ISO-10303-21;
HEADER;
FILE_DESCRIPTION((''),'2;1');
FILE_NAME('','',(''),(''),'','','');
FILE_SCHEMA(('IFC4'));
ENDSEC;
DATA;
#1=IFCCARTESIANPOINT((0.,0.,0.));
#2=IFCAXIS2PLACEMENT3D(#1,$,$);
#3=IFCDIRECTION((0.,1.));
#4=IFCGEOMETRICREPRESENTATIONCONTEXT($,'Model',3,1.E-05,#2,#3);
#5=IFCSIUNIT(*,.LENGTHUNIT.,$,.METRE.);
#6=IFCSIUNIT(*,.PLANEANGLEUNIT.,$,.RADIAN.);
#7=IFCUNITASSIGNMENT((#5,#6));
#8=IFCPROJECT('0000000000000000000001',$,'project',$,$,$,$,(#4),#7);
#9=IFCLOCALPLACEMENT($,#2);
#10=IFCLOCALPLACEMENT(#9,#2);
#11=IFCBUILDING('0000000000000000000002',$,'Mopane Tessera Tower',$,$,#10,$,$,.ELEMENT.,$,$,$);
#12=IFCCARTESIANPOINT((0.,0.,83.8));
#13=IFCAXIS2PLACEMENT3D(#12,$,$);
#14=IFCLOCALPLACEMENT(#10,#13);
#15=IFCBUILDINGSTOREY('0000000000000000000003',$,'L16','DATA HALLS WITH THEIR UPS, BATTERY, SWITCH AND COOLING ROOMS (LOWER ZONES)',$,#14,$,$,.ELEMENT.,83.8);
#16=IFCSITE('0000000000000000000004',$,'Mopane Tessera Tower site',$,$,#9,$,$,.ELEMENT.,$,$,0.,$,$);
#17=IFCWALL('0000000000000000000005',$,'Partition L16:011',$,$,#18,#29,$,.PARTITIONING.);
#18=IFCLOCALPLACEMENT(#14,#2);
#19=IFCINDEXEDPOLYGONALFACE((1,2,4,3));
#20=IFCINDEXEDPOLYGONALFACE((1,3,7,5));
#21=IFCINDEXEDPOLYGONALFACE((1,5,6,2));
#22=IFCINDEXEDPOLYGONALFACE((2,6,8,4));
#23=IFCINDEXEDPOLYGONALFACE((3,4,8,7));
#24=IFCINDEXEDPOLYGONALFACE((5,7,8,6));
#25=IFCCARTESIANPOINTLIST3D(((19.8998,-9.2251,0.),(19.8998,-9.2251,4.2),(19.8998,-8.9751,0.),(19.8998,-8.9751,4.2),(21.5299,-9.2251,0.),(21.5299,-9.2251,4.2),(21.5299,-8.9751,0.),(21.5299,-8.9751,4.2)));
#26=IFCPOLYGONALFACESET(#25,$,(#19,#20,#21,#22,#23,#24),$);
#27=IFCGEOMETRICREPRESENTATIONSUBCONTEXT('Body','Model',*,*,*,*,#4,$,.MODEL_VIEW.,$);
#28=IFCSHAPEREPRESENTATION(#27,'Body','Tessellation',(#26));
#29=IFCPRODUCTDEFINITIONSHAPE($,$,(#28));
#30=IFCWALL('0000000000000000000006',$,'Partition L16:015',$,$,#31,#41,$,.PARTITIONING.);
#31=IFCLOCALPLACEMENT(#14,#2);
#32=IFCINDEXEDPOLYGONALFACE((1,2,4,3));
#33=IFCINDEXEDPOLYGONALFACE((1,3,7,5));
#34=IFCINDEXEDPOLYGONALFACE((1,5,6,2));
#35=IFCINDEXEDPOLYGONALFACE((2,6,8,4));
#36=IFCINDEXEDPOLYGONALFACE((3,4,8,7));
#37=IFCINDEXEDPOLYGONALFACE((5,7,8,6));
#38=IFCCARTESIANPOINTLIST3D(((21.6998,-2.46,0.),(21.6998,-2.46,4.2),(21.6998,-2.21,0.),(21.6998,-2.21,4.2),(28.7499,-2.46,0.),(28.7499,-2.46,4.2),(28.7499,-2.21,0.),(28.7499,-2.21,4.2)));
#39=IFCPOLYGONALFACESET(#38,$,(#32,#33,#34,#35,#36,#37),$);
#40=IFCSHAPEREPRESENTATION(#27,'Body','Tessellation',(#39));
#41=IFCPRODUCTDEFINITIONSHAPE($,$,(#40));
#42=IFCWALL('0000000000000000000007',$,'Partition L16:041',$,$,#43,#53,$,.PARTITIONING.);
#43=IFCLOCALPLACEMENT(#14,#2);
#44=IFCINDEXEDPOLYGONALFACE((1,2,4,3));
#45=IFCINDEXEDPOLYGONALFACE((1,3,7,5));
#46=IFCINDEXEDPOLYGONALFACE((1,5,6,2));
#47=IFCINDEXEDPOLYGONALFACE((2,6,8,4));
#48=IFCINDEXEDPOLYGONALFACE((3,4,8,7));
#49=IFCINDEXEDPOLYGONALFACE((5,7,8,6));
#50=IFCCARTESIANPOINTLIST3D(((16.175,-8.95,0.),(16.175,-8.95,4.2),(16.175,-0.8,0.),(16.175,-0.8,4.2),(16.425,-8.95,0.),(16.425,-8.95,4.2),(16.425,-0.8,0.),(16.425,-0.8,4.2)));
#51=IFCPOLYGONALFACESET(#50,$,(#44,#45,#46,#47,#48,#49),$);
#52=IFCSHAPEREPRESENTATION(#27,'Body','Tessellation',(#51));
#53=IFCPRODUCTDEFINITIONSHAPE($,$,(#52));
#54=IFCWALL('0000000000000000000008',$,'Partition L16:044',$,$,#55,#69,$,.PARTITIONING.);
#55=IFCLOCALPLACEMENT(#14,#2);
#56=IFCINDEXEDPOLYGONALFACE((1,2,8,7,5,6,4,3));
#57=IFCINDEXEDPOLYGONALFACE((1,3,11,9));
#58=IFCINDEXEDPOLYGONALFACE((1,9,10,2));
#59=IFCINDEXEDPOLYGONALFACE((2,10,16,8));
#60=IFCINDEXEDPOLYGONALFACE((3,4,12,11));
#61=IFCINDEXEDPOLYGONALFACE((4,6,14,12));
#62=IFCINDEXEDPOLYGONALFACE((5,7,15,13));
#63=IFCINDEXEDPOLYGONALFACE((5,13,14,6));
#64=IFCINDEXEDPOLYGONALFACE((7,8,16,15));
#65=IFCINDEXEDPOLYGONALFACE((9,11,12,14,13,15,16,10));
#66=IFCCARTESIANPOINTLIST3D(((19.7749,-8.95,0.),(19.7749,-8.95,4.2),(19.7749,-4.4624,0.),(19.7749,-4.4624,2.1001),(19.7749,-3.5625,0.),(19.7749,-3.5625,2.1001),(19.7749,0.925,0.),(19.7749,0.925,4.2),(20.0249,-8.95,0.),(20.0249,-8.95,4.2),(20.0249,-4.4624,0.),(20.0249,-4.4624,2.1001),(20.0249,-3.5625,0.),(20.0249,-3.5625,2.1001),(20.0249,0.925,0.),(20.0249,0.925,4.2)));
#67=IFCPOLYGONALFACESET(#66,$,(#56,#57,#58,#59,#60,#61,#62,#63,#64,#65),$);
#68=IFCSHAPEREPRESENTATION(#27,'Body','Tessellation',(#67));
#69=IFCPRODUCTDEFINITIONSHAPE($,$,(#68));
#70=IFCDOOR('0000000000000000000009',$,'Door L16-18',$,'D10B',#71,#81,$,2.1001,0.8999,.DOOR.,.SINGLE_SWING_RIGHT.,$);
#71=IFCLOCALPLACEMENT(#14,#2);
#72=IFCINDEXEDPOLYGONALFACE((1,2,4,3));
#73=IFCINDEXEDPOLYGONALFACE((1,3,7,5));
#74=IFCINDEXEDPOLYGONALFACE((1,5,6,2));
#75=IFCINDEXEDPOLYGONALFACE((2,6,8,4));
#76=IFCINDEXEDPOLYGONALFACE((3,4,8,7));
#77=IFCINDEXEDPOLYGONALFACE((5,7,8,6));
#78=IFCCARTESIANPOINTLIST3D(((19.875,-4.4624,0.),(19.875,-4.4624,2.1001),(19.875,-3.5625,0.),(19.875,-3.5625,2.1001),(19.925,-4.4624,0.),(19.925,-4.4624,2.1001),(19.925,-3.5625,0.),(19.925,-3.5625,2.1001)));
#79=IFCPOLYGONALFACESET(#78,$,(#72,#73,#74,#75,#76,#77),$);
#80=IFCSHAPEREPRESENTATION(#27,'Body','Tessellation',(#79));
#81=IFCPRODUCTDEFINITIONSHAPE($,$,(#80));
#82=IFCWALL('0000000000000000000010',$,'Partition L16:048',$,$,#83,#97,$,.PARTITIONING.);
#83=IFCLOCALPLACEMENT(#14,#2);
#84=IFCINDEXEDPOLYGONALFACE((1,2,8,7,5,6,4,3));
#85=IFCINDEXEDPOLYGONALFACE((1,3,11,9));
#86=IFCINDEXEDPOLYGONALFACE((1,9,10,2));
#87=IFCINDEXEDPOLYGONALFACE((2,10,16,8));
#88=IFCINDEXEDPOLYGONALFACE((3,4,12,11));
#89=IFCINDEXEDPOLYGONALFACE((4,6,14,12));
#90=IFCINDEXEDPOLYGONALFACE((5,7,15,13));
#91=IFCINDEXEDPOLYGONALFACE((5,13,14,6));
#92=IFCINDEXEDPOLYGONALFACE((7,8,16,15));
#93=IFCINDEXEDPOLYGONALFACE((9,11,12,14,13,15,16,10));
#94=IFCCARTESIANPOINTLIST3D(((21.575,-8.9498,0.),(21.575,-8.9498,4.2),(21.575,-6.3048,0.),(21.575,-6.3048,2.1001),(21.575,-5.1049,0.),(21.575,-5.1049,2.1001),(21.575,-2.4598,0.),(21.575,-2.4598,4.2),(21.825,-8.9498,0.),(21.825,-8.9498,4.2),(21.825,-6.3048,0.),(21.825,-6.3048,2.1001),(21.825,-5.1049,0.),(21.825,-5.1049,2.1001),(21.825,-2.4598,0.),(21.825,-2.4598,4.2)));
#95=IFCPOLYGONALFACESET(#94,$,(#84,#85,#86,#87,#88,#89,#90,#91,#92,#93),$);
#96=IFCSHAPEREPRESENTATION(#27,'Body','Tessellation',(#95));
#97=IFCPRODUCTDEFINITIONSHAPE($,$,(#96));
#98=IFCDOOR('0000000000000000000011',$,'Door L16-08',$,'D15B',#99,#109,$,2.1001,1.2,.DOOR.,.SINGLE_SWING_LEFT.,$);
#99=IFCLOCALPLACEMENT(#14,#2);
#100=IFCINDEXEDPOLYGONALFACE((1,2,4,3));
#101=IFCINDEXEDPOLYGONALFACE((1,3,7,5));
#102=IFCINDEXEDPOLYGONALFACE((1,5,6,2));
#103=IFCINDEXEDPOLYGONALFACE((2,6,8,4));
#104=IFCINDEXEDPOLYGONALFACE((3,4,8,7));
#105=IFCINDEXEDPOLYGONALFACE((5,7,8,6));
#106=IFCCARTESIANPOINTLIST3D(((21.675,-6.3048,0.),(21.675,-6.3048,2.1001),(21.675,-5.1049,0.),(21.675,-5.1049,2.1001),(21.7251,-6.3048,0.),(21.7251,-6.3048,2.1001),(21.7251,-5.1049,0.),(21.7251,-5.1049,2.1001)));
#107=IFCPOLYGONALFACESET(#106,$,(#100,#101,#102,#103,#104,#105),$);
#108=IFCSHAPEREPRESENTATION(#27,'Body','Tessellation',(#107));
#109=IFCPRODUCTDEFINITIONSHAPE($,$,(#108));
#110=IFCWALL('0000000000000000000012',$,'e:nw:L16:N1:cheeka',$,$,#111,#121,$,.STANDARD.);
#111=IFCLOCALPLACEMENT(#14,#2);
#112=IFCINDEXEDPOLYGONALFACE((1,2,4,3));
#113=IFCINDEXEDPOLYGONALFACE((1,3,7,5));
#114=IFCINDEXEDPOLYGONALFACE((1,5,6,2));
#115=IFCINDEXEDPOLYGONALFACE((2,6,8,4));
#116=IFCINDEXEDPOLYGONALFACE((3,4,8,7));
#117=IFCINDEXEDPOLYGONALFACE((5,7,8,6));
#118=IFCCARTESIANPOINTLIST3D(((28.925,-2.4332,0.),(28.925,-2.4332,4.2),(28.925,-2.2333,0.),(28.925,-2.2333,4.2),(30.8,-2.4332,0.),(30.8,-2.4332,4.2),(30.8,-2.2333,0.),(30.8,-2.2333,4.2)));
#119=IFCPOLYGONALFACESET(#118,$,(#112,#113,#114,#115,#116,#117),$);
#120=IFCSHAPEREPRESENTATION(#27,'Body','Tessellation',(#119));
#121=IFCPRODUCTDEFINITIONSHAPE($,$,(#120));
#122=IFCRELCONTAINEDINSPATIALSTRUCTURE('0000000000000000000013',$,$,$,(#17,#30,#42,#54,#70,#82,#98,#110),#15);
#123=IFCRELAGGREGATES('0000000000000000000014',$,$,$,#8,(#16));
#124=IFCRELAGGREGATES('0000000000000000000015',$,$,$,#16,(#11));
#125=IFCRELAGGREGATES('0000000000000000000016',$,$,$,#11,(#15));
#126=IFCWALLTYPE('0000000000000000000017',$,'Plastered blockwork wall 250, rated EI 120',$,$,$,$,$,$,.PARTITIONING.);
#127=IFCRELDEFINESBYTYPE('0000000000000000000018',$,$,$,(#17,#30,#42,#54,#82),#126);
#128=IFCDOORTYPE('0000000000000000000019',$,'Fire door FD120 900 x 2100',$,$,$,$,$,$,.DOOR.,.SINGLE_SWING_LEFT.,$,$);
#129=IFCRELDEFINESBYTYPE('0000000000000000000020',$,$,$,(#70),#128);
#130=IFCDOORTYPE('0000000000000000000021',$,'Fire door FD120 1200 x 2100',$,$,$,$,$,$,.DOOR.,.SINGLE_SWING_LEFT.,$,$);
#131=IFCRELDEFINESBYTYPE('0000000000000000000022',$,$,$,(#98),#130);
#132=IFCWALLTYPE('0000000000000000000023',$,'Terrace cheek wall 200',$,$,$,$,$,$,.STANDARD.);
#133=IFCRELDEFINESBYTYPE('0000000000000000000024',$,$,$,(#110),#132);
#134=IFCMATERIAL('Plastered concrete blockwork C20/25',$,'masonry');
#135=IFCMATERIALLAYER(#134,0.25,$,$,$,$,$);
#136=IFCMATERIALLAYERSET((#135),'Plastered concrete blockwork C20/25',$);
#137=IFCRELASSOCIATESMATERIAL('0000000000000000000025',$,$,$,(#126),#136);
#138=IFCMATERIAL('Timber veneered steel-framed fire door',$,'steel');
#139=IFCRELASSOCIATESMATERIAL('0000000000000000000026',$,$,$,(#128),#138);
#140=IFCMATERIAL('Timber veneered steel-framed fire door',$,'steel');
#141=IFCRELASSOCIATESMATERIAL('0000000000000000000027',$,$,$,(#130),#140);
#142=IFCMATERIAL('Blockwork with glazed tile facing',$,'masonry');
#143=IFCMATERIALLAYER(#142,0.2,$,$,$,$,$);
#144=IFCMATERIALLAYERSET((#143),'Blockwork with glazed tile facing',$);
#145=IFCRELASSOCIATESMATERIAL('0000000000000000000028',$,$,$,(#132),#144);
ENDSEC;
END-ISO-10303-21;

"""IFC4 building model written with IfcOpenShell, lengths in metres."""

from ifc_helpers import new_model, si_unit, direction, frame, frame_2d, origin, place, context, subcontext, project, spatial, rectangle, extrude, material, layer, layer_set, type_object, element, fill, save


model = new_model("IFC4")

# Units and contexts
model_context = context("Model", 3, precision=1e-05, world=origin(), true_north=direction((0.0, 1.0)))
body_context = subcontext(model_context, "Body", "Model", "MODEL_VIEW")
ifc_project = project(units=[si_unit("LENGTHUNIT", "METRE"), si_unit("PLANEANGLEUNIT", "RADIAN")], contexts=[model_context])

# Site, building, storey
site_placement = place(None, origin())
site = spatial("IfcSite", under=ifc_project, at=site_placement, Name="Mopane Tessera Tower site", CompositionType="ELEMENT", RefElevation=0.0)
building_placement = place(site_placement, origin())
building = spatial("IfcBuilding", under=site, at=building_placement, Name="Mopane Tessera Tower", CompositionType="ELEMENT")
storey_placement = place(building_placement, frame((0.0, 0.0, 83.8)))
storey = spatial("IfcBuildingStorey", under=building, at=storey_placement, Name="L16", Description="DATA HALLS WITH THEIR UPS, BATTERY, SWITCH AND COOLING ROOMS (LOWER ZONES)", CompositionType="ELEMENT", Elevation=83.8)

# Walls
ifc_material_1 = material(Name="Plastered concrete blockwork C20/25", Category="masonry")
ifc_layer_1 = layer(ifc_material_1, 0.25)
ifc_layer_set_1 = layer_set([ifc_layer_1], Name="Plastered concrete blockwork C20/25")
wall_type_1 = type_object("IfcWallType", Name="Plastered blockwork wall 250, rated EI 120", PredefinedType="PARTITIONING", material=ifc_layer_set_1)
wall_1_placement = place(storey_placement, frame((19.8999, -9.1001, 0.0), z_axis=(0.0, 0.0, 1.0), x_axis=(1.0, 0.0, 0.0)))
element("IfcWall", 1, at=wall_1_placement, inside=storey, type_object=wall_type_1, Name="Partition L16:011", PredefinedType="PARTITIONING", context=body_context, shape_type="SweptSolid", body=[
    extrude(rectangle(XDim=1.6301, YDim=0.25, at=frame_2d((0.8149, 0.0))), origin(), (0.0, 0.0, 1.0), 4.2),
])
wall_2_placement = place(storey_placement, frame((21.7, -2.335, 0.0), z_axis=(0.0, 0.0, 1.0), x_axis=(1.0, 0.0, 0.0)))
element("IfcWall", 2, at=wall_2_placement, inside=storey, type_object=wall_type_1, Name="Partition L16:015", PredefinedType="PARTITIONING", context=body_context, shape_type="SweptSolid", body=[
    extrude(rectangle(XDim=7.05, YDim=0.25, at=frame_2d((3.5249, 0.0))), origin(), (0.0, 0.0, 1.0), 4.2),
])
wall_3_placement = place(storey_placement, frame((16.3, -8.95, 0.0), z_axis=(0.0, 0.0, 1.0), x_axis=(0.0, 1.0, 0.0)))
element("IfcWall", 3, at=wall_3_placement, inside=storey, type_object=wall_type_1, Name="Partition L16:041", PredefinedType="PARTITIONING", context=body_context, shape_type="SweptSolid", body=[
    extrude(rectangle(XDim=8.1499, YDim=0.25, at=frame_2d((4.075, 0.0))), origin(), (0.0, 0.0, 1.0), 4.2),
])

# Walls, openings, doors
wall_4_placement = place(storey_placement, frame((19.8999, -8.95, 0.0), z_axis=(0.0, 0.0, 1.0), x_axis=(0.0, 1.0, 0.0)))
wall_4 = element("IfcWall", 4, at=wall_4_placement, inside=storey, type_object=wall_type_1, Name="Partition L16:044", PredefinedType="PARTITIONING", context=body_context, shape_type="SweptSolid", body=[
    extrude(rectangle(XDim=9.875, YDim=0.25, at=frame_2d((4.9375, 0.0))), origin(), (0.0, 0.0, 1.0), 4.2),
])
opening_1_placement = place(wall_4_placement, frame((4.4875, 0.0, 0.0)))
opening_1 = element("IfcOpeningElement", 5, at=opening_1_placement, cuts=wall_4, PredefinedType="OPENING", context=body_context, shape_type="SweptSolid", body=[
    extrude(rectangle(XDim=0.8999, YDim=2.1001, at=frame_2d((0.45, 1.05))), frame((0.0, 0.137, 0.0), z_axis=(0.0, -1.0, 0.0), x_axis=(1.0, 0.0, 0.0)), (0.0, 0.0, 1.0), 0.2739),
])
ifc_material_2 = material(Name="Timber veneered steel-framed fire door", Category="steel")
door_type_1 = type_object("IfcDoorType", Name="Fire door FD120 900 x 2100", OperationType="SINGLE_SWING_LEFT", PredefinedType="DOOR", material=ifc_material_2)
door_1_placement = place(opening_1_placement, origin())
door_1 = element("IfcDoor", 6, at=door_1_placement, inside=storey, type_object=door_type_1, Name="Door L16-18", ObjectType="D10B", OperationType="SINGLE_SWING_RIGHT", OverallHeight=2.1001, OverallWidth=0.8999, PredefinedType="DOOR", context=body_context, shape_type="SweptSolid", body=[
    extrude(rectangle(XDim=0.8999, YDim=2.1001, at=frame_2d((0.45, 1.05))), frame((0.0, 0.0249, 0.0), z_axis=(0.0, -1.0, 0.0), x_axis=(1.0, 0.0, 0.0)), (0.0, 0.0, 1.0), 0.05),
])
fill(opening_1, door_1)
wall_5_placement = place(storey_placement, frame((21.7, -8.95, 0.0), z_axis=(0.0, 0.0, 1.0), x_axis=(0.0, 1.0, 0.0)))
wall_5 = element("IfcWall", 7, at=wall_5_placement, inside=storey, type_object=wall_type_1, Name="Partition L16:048", PredefinedType="PARTITIONING", context=body_context, shape_type="SweptSolid", body=[
    extrude(rectangle(XDim=6.49, YDim=0.25, at=frame_2d((3.2451, 0.0))), origin(), (0.0, 0.0, 1.0), 4.2),
])
opening_2_placement = place(wall_5_placement, frame((2.645, 0.0, 0.0)))
opening_2 = element("IfcOpeningElement", 8, at=opening_2_placement, cuts=wall_5, PredefinedType="OPENING", context=body_context, shape_type="SweptSolid", body=[
    extrude(rectangle(XDim=1.2, YDim=2.1001, at=frame_2d((0.6001, 1.05))), frame((0.0, 0.137, 0.0), z_axis=(0.0, -1.0, 0.0), x_axis=(1.0, 0.0, 0.0)), (0.0, 0.0, 1.0), 0.2739),
])
ifc_material_3 = material(Name="Timber veneered steel-framed fire door", Category="steel")
door_type_2 = type_object("IfcDoorType", Name="Fire door FD120 1200 x 2100", OperationType="SINGLE_SWING_LEFT", PredefinedType="DOOR", material=ifc_material_3)
door_2_placement = place(opening_2_placement, origin())
door_2 = element("IfcDoor", 9, at=door_2_placement, inside=storey, type_object=door_type_2, Name="Door L16-08", ObjectType="D15B", OperationType="SINGLE_SWING_LEFT", OverallHeight=2.1001, OverallWidth=1.2, PredefinedType="DOOR", context=body_context, shape_type="SweptSolid", body=[
    extrude(rectangle(XDim=1.2, YDim=2.1001, at=frame_2d((0.6001, 1.05))), frame((0.0, 0.0249, 0.0), z_axis=(0.0, -1.0, 0.0), x_axis=(1.0, 0.0, 0.0)), (0.0, 0.0, 1.0), 0.05),
])
fill(opening_2, door_2)

# Wall
ifc_material_4 = material(Name="Blockwork with glazed tile facing", Category="masonry")
ifc_layer_2 = layer(ifc_material_4, 0.2)
ifc_layer_set_2 = layer_set([ifc_layer_2], Name="Blockwork with glazed tile facing")
wall_type_2 = type_object("IfcWallType", Name="Terrace cheek wall 200", PredefinedType="STANDARD", material=ifc_layer_set_2)
wall_6_placement = place(storey_placement, frame((30.8, -2.3333, 0.0), z_axis=(0.0, 0.0, 1.0), x_axis=(-1.0, 0.0, 0.0)))
element("IfcWall", 10, at=wall_6_placement, inside=storey, type_object=wall_type_2, Name="e:nw:L16:N1:cheeka", PredefinedType="STANDARD", context=body_context, shape_type="SweptSolid", body=[
    extrude(rectangle(XDim=1.875, YDim=0.2, at=frame_2d((0.9375, 0.0))), origin(), (0.0, 0.0, 1.0), 4.2),
])

save(model, "model.ifc")
